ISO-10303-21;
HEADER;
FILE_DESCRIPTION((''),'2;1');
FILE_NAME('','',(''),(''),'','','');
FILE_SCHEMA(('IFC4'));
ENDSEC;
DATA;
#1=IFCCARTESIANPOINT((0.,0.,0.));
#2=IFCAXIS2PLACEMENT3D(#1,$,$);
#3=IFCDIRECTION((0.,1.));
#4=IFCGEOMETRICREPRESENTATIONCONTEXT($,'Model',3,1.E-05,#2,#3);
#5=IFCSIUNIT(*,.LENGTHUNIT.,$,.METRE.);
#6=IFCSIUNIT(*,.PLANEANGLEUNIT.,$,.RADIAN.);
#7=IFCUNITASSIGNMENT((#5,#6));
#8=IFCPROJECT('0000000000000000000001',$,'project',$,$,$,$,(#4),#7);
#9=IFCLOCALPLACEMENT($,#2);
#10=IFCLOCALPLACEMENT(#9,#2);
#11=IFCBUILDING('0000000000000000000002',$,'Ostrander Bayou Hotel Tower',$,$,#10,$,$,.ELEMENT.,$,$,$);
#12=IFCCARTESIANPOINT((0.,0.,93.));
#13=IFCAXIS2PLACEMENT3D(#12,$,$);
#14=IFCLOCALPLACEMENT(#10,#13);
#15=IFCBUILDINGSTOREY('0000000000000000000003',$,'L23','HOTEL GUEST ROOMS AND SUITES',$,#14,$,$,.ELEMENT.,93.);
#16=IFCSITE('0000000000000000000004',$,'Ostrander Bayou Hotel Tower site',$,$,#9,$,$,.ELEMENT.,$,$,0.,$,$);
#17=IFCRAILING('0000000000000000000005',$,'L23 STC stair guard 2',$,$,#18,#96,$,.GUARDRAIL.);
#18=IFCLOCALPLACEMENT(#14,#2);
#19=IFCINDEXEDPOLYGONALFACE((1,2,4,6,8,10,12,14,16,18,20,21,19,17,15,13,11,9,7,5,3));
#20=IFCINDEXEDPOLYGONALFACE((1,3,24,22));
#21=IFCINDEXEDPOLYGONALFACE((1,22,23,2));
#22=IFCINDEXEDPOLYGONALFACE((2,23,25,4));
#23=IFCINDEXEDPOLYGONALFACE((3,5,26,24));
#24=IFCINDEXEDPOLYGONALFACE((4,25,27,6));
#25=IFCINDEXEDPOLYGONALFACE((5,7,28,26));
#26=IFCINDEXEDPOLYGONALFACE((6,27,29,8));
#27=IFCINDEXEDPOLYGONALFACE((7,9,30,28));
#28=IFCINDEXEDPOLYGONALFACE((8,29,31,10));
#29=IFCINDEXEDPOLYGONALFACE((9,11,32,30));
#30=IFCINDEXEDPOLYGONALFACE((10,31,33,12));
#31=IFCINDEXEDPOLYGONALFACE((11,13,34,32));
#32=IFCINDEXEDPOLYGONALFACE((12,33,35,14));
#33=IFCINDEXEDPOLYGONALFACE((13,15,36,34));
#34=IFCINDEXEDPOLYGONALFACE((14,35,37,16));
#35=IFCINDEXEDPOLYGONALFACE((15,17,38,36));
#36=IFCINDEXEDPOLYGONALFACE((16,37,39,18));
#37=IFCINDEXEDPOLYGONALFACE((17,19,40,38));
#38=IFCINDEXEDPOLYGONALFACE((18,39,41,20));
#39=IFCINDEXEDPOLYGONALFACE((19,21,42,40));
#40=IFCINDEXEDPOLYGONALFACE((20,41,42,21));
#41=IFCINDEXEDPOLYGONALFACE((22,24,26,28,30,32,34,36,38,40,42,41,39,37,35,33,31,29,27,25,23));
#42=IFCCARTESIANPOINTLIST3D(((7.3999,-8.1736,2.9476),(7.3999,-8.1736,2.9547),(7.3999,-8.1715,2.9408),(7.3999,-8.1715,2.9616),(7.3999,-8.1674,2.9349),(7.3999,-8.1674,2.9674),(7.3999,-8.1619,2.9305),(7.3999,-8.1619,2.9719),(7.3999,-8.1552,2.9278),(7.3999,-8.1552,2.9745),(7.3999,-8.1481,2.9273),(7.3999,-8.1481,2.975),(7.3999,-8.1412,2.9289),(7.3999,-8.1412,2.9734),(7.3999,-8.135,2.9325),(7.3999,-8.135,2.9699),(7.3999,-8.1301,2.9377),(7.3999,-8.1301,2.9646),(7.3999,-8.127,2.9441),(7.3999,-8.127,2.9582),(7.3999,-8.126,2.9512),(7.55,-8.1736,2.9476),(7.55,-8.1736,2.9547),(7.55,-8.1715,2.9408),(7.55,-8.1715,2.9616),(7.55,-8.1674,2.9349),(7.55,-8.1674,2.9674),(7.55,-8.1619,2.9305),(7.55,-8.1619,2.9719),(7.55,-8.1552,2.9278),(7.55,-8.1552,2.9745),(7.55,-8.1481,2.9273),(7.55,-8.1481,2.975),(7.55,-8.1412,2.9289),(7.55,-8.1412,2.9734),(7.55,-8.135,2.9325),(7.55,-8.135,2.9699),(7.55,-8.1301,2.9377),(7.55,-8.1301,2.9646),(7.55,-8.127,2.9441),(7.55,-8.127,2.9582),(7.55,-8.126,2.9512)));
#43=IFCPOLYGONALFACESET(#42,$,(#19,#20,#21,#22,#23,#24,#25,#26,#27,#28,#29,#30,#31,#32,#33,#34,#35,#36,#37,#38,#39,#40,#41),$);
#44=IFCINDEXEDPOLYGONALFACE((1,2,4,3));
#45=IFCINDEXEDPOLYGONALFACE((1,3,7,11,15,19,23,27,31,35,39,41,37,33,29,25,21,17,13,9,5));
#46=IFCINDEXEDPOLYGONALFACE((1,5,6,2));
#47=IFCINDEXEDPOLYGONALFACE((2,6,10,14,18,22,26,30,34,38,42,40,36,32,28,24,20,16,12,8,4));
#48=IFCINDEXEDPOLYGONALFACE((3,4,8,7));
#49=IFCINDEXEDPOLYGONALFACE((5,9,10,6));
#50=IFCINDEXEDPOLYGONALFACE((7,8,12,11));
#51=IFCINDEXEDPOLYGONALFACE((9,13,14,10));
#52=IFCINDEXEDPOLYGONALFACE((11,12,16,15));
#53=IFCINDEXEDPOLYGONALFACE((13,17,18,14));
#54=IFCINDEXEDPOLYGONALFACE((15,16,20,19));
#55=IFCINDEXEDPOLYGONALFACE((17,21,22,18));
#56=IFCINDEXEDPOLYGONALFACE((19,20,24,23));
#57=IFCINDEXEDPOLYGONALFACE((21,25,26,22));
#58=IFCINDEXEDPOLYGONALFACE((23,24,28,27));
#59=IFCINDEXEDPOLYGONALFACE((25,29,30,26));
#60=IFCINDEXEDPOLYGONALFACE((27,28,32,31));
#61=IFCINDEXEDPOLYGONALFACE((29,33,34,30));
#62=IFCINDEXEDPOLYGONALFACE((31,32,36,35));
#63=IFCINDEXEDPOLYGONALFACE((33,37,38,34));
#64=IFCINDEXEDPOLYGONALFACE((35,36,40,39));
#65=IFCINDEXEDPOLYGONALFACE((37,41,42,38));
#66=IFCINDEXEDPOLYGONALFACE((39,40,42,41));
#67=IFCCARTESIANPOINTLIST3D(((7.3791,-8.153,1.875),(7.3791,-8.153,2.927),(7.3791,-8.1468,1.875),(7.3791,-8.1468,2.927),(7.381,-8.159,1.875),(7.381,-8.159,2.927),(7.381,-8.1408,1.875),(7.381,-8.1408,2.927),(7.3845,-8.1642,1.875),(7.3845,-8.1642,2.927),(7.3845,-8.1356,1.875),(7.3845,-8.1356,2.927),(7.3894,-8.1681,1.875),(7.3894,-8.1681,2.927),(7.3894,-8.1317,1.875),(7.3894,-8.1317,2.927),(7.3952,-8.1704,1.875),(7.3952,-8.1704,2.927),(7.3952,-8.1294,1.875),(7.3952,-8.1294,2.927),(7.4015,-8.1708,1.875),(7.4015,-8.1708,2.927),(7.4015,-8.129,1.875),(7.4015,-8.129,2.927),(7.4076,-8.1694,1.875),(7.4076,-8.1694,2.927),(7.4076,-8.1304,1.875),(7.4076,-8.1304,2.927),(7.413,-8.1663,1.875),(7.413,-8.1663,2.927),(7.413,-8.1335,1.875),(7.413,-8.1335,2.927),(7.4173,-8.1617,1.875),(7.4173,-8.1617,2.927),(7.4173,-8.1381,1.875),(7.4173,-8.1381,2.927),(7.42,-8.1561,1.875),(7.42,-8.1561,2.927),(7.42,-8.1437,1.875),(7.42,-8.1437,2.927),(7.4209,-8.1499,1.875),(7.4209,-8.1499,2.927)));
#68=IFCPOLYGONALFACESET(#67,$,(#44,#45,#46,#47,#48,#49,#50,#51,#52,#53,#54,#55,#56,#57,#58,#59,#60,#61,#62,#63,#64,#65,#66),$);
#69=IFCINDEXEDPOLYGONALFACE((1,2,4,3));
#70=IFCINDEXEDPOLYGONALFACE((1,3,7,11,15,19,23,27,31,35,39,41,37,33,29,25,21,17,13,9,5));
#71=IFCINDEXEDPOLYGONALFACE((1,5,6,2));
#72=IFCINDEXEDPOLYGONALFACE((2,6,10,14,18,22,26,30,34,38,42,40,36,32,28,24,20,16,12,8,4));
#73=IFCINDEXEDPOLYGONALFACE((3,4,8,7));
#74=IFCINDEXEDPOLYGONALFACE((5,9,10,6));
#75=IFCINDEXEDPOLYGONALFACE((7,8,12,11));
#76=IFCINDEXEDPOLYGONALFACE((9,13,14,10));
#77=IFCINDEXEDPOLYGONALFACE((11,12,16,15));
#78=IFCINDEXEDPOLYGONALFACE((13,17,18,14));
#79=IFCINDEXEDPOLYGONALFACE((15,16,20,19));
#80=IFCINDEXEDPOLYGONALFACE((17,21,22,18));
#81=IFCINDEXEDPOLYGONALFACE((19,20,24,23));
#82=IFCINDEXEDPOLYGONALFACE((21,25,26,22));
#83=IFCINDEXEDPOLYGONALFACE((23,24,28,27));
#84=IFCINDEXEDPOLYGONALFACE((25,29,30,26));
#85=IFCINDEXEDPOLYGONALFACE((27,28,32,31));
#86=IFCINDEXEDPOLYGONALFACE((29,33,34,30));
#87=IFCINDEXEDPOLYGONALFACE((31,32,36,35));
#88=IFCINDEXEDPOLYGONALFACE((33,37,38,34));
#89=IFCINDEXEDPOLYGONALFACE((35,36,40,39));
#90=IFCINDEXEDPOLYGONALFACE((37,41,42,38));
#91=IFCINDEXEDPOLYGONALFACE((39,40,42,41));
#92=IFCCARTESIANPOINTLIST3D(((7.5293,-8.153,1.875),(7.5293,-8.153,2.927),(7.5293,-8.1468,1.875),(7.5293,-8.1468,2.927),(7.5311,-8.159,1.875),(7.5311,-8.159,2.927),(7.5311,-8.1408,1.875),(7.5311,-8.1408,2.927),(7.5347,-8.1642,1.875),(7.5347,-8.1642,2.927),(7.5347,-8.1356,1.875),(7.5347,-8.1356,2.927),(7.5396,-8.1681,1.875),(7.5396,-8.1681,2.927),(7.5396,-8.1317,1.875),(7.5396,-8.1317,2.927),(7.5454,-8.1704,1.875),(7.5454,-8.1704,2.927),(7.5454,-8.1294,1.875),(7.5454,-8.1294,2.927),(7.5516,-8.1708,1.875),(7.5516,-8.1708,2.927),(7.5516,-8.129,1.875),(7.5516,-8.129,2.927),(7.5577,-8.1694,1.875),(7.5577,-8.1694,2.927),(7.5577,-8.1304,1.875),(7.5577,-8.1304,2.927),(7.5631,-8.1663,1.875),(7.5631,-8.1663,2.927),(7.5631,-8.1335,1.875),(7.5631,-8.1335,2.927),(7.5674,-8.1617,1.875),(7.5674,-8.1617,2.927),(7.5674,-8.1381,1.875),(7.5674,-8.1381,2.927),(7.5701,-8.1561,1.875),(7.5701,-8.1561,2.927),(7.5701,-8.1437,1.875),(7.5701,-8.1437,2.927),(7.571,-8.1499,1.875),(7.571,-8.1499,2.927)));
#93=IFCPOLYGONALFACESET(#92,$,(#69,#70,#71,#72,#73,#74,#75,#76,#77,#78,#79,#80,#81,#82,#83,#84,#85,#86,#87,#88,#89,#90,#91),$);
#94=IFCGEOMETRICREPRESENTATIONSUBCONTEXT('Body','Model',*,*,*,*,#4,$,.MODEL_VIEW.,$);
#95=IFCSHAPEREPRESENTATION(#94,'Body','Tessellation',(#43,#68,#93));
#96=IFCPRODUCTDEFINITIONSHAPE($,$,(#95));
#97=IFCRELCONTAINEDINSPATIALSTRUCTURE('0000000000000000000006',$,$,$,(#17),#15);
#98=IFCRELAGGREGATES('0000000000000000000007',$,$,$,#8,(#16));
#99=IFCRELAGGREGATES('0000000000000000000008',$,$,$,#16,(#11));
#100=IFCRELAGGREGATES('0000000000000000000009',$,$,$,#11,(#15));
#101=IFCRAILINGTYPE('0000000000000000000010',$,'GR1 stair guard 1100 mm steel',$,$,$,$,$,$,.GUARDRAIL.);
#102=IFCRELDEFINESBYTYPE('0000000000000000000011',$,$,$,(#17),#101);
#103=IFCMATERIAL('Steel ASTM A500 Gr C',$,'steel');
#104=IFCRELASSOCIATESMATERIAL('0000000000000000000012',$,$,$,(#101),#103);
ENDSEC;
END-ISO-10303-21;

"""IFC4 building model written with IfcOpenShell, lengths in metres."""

from ifc_helpers import new_model, si_unit, direction, frame, origin, origin_2d, place, context, subcontext, project, spatial, circle, extrude, material, type_object, element, save


model = new_model("IFC4")

# Units and contexts
model_context = context("Model", 3, precision=1e-05, world=origin(), true_north=direction((0.0, 1.0)))
body_context = subcontext(model_context, "Body", "Model", "MODEL_VIEW")
ifc_project = project(units=[si_unit("LENGTHUNIT", "METRE"), si_unit("PLANEANGLEUNIT", "RADIAN")], contexts=[model_context])

# Site, building, storey
site_placement = place(None, origin())
site = spatial("IfcSite", under=ifc_project, at=site_placement, Name="Ostrander Bayou Hotel Tower site", CompositionType="ELEMENT", RefElevation=0.0)
building_placement = place(site_placement, origin())
building = spatial("IfcBuilding", under=site, at=building_placement, Name="Ostrander Bayou Hotel Tower", CompositionType="ELEMENT")
storey_placement = place(building_placement, frame((0.0, 0.0, 93.0)))
storey = spatial("IfcBuildingStorey", under=building, at=storey_placement, Name="L23", Description="HOTEL GUEST ROOMS AND SUITES", CompositionType="ELEMENT", Elevation=93.0)

# Railing
ifc_material_1 = material(Name="Steel ASTM A500 Gr C", Category="steel")
railing_type_1 = type_object("IfcRailingType", Name="GR1 stair guard 1100 mm steel", PredefinedType="GUARDRAIL", material=ifc_material_1)
railing_1_placement = place(storey_placement, frame((7.3999, -8.1499, 1.875)))
element("IfcRailing", 1, at=railing_1_placement, inside=storey, type_object=railing_type_1, Name="L23 STC stair guard 2", PredefinedType="GUARDRAIL", context=body_context, shape_type="SweptSolid", body=[
    extrude(circle(Radius=0.0239, at=origin_2d()), frame((0.0, 0.0, 1.0762), z_axis=(1.0, 0.0, 0.0), x_axis=(0.0, 1.0, 0.0)), (0.0, 0.0, 1.0), 0.1501),
    extrude(circle(Radius=0.021, at=origin_2d()), origin(), (0.0, 0.0, 1.0), 1.052),
    extrude(circle(Radius=0.021, at=origin_2d()), frame((0.1501, 0.0, 0.0)), (0.0, 0.0, 1.0), 1.052),
])

save(model, "model.ifc")
